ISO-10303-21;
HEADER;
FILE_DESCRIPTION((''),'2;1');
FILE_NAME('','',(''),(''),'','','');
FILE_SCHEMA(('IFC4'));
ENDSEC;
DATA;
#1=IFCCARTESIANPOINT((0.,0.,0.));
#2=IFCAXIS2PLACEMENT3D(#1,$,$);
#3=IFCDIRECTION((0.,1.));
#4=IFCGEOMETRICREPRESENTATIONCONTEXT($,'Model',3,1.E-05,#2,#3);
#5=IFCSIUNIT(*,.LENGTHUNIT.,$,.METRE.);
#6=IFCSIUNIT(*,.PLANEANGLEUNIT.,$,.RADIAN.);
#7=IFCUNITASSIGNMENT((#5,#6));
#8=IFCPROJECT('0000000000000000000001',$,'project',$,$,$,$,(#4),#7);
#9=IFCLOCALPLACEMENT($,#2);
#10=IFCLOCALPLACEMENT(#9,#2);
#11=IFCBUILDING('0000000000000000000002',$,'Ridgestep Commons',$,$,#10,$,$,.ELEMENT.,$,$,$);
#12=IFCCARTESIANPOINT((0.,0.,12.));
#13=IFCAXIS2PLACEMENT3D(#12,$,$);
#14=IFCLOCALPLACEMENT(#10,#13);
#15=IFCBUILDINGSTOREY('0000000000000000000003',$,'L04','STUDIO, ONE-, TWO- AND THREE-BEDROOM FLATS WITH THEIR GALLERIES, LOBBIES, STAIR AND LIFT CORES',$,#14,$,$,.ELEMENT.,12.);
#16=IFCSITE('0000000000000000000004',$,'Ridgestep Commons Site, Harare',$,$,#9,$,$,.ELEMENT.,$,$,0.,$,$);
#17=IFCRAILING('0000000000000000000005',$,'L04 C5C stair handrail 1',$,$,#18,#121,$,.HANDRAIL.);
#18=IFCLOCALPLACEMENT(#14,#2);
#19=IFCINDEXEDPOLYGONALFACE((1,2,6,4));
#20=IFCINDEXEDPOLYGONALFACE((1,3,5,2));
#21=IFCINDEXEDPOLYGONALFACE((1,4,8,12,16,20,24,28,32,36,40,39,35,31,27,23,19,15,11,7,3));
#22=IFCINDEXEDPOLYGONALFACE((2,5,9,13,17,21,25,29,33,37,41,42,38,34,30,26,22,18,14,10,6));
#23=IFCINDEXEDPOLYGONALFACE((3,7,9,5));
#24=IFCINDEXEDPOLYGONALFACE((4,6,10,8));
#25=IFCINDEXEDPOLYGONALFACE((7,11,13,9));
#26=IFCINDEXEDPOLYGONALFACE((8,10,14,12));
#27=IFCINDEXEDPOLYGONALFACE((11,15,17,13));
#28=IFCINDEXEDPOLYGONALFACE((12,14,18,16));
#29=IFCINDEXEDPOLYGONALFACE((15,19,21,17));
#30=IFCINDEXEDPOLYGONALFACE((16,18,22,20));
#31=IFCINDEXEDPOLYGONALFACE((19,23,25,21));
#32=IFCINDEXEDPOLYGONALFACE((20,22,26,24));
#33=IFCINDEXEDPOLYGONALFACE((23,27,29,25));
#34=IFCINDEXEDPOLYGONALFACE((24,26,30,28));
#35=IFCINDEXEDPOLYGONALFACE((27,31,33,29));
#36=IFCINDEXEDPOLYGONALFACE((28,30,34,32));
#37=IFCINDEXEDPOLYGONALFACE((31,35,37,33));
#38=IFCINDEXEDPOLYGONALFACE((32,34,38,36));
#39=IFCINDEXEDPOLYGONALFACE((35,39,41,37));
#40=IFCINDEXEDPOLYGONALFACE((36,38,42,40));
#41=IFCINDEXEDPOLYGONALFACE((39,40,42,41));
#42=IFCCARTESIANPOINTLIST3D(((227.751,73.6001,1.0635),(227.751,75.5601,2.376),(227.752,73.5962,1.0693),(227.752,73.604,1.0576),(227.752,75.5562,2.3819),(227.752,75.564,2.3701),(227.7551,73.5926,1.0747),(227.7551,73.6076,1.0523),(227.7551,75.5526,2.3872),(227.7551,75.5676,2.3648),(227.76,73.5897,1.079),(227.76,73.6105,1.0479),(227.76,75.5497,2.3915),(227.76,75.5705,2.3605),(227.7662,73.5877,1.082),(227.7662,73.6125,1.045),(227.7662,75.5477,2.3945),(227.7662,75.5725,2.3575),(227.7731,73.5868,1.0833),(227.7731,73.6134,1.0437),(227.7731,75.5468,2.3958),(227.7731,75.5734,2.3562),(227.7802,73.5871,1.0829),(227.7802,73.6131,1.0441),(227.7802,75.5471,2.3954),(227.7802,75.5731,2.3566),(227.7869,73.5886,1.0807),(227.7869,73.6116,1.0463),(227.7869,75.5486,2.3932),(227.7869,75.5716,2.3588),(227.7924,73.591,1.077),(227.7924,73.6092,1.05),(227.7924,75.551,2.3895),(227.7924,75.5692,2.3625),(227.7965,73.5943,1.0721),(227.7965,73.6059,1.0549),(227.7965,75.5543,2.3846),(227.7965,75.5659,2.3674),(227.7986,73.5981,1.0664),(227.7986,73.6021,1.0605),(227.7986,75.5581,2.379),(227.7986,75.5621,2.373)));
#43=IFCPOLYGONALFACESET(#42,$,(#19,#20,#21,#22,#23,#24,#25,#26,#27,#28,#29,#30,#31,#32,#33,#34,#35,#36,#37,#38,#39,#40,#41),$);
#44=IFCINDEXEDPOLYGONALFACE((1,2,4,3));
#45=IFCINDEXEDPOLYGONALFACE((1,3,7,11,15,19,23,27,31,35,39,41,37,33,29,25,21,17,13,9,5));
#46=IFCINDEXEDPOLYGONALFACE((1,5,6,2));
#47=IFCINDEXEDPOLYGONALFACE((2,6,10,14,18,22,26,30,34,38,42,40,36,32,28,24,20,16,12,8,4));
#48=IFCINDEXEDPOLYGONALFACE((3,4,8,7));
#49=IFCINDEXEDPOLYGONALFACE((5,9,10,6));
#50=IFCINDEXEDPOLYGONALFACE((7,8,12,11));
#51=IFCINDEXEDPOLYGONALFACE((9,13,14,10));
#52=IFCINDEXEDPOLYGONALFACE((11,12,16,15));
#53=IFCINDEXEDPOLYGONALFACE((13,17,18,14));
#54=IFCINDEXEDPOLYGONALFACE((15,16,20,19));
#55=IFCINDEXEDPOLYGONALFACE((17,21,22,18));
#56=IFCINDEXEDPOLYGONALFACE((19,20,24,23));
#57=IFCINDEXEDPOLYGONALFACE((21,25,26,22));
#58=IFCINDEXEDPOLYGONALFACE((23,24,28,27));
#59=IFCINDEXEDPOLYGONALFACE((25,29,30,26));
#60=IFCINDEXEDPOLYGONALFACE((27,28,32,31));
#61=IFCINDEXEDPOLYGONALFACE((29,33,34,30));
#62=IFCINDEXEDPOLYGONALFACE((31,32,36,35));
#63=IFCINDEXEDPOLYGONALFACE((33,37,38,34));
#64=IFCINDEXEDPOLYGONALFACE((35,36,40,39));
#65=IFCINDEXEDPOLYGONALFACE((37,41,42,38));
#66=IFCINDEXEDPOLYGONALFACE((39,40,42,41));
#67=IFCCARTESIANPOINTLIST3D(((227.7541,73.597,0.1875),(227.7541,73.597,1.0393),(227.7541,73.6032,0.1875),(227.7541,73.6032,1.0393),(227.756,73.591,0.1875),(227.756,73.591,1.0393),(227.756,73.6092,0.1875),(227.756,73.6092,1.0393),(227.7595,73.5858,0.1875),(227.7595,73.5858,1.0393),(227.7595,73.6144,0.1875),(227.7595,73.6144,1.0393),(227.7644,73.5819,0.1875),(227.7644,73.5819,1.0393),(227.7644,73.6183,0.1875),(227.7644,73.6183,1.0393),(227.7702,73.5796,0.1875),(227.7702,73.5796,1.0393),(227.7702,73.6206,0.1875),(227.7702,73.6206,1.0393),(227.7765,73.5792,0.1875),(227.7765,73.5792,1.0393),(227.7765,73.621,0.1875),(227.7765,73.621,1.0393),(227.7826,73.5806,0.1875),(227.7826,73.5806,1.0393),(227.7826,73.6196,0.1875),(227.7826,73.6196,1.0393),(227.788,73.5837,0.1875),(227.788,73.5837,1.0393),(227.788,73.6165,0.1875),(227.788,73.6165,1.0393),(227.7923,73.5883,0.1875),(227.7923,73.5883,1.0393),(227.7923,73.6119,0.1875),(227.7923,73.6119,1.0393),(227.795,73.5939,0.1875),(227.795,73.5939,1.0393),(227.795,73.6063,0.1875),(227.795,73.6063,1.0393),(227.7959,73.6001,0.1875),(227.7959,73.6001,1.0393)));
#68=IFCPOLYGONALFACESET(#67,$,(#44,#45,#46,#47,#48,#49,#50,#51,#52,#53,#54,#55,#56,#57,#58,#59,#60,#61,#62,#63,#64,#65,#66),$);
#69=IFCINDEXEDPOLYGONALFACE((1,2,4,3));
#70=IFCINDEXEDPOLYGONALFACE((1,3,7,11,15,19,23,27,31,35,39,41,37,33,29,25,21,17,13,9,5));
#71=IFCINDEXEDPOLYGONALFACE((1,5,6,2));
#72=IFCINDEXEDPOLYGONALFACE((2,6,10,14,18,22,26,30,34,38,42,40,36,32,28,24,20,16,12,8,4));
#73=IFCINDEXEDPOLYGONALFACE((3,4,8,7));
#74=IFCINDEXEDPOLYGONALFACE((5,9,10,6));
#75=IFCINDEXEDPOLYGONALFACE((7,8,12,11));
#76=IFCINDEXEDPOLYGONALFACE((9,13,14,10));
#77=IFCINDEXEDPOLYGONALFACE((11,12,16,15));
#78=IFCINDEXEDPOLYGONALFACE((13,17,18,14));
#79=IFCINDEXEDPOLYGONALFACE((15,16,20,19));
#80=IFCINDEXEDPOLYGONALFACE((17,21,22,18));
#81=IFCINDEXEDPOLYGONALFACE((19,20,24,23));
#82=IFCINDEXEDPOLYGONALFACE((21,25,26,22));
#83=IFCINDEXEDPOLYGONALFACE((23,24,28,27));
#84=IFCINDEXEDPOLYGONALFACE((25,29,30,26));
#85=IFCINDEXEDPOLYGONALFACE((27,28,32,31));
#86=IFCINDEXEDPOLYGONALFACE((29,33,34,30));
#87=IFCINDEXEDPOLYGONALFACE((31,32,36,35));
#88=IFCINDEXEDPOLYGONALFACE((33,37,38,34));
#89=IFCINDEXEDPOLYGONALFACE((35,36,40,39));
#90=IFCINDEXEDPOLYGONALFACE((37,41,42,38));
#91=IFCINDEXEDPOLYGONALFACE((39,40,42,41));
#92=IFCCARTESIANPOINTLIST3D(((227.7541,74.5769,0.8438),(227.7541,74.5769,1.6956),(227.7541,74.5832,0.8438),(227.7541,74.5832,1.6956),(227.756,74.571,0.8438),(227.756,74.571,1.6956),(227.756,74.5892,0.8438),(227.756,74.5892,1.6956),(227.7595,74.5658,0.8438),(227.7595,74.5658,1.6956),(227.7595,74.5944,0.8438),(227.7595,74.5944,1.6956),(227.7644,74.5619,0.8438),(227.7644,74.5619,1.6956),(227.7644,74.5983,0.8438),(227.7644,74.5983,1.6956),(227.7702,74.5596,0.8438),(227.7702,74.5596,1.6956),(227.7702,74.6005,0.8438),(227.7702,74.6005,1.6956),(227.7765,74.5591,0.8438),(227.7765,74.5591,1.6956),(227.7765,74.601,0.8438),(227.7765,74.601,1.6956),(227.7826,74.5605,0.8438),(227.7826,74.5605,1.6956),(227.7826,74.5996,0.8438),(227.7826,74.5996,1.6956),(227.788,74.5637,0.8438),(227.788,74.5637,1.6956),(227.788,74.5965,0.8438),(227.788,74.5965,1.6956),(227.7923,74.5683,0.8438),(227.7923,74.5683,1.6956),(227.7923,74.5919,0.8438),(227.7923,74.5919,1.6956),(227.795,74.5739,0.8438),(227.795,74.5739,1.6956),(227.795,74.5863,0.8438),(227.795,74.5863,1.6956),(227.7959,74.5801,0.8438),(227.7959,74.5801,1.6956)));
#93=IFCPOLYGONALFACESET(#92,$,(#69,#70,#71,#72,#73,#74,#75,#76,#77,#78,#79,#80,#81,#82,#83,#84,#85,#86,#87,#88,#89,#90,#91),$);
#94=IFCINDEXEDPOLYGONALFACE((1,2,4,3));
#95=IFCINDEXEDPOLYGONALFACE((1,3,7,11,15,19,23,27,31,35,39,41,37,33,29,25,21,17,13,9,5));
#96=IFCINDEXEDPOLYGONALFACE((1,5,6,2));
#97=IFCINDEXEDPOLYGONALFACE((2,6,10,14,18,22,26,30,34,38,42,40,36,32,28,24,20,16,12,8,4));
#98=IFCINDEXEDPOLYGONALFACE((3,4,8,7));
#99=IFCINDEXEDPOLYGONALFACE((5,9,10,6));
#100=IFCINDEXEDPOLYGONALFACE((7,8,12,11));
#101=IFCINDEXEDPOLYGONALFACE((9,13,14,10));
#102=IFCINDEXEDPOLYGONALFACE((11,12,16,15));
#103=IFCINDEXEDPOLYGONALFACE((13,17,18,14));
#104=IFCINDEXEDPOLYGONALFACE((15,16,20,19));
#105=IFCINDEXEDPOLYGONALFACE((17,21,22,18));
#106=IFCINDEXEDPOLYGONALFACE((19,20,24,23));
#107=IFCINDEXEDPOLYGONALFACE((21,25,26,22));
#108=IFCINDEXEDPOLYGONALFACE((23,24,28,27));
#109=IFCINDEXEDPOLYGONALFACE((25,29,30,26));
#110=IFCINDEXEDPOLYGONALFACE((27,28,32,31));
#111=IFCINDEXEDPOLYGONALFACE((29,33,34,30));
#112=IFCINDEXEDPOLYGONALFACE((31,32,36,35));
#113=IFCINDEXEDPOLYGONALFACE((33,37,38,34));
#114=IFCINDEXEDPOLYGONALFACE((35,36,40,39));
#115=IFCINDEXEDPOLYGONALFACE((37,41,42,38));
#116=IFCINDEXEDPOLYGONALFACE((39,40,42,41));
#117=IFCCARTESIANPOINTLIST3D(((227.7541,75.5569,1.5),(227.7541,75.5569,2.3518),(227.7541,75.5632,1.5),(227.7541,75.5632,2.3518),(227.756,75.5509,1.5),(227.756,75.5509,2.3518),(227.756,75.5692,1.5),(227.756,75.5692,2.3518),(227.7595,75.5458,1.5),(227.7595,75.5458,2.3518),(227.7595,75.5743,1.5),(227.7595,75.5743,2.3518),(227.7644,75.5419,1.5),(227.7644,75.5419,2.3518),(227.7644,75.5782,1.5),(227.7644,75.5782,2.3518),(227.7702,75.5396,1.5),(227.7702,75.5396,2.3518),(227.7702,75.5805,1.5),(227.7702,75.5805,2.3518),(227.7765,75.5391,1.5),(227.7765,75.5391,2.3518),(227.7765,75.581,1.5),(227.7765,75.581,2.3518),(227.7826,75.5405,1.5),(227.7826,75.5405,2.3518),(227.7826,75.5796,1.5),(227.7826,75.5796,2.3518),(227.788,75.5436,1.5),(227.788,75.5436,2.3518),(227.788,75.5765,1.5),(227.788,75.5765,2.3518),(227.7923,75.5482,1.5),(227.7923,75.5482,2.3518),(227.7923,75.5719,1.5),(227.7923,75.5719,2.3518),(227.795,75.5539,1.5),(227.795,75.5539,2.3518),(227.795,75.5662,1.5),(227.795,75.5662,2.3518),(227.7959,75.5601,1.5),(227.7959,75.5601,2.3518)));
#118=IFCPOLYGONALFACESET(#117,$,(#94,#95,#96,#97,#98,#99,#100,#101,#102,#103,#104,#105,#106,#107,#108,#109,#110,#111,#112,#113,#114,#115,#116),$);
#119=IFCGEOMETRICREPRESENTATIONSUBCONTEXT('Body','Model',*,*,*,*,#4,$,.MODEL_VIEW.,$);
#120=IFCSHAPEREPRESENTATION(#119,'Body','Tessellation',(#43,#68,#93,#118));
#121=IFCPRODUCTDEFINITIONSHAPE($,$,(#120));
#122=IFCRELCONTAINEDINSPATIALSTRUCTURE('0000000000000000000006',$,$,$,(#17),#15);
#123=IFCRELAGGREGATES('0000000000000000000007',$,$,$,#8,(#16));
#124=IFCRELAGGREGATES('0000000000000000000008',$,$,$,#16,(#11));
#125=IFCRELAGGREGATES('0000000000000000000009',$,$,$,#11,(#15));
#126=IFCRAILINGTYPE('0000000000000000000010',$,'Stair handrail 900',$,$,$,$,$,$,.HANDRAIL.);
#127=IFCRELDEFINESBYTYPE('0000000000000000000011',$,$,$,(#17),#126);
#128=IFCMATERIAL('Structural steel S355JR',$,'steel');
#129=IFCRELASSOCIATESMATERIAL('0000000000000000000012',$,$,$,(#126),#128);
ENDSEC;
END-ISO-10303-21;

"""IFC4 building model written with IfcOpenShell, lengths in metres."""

from ifc_helpers import new_model, si_unit, direction, frame, origin, origin_2d, place, context, subcontext, project, spatial, circle, extrude, material, type_object, element, save


model = new_model("IFC4")

# Units and contexts
model_context = context("Model", 3, precision=1e-05, world=origin(), true_north=direction((0.0, 1.0)))
body_context = subcontext(model_context, "Body", "Model", "MODEL_VIEW")
ifc_project = project(units=[si_unit("LENGTHUNIT", "METRE"), si_unit("PLANEANGLEUNIT", "RADIAN")], contexts=[model_context])

# Site, building, storey
site_placement = place(None, origin())
site = spatial("IfcSite", under=ifc_project, at=site_placement, Name="Ridgestep Commons Site, Harare", CompositionType="ELEMENT", RefElevation=0.0)
building_placement = place(site_placement, origin())
building = spatial("IfcBuilding", under=site, at=building_placement, Name="Ridgestep Commons", CompositionType="ELEMENT")
storey_placement = place(building_placement, frame((0.0, 0.0, 12.0)))
storey = spatial("IfcBuildingStorey", under=building, at=storey_placement, Name="L04", Description="STUDIO, ONE-, TWO- AND THREE-BEDROOM FLATS WITH THEIR GALLERIES, LOBBIES, STAIR AND LIFT CORES", CompositionType="ELEMENT", Elevation=12.0)

# Railing
ifc_material_1 = material(Name="Structural steel S355JR", Category="steel")
railing_type_1 = type_object("IfcRailingType", Name="Stair handrail 900", PredefinedType="HANDRAIL", material=ifc_material_1)
railing_1_placement = place(storey_placement, frame((227.7749, 73.6001, 0.1875)))
element("IfcRailing", 1, at=railing_1_placement, inside=storey, type_object=railing_type_1, Name="L04 C5C stair handrail 1", PredefinedType="HANDRAIL", context=body_context, shape_type="SweptSolid", body=[
    extrude(circle(Radius=0.0239, at=origin_2d()), frame((0.0, 0.0, 0.876), z_axis=(0.0, 0.830902, 0.556419), x_axis=(-1.0, 0.0, 0.0)), (0.0, 0.0, 1.0), 2.3589),
    extrude(circle(Radius=0.021, at=origin_2d()), origin(), (0.0, 0.0, 1.0), 0.8518),
    extrude(circle(Radius=0.021, at=origin_2d()), frame((0.0, 0.98, 0.6562)), (0.0, 0.0, 1.0), 0.8518),
    extrude(circle(Radius=0.021, at=origin_2d()), frame((0.0, 1.96, 1.3125)), (0.0, 0.0, 1.0), 0.8518),
])

save(model, "model.ifc")
